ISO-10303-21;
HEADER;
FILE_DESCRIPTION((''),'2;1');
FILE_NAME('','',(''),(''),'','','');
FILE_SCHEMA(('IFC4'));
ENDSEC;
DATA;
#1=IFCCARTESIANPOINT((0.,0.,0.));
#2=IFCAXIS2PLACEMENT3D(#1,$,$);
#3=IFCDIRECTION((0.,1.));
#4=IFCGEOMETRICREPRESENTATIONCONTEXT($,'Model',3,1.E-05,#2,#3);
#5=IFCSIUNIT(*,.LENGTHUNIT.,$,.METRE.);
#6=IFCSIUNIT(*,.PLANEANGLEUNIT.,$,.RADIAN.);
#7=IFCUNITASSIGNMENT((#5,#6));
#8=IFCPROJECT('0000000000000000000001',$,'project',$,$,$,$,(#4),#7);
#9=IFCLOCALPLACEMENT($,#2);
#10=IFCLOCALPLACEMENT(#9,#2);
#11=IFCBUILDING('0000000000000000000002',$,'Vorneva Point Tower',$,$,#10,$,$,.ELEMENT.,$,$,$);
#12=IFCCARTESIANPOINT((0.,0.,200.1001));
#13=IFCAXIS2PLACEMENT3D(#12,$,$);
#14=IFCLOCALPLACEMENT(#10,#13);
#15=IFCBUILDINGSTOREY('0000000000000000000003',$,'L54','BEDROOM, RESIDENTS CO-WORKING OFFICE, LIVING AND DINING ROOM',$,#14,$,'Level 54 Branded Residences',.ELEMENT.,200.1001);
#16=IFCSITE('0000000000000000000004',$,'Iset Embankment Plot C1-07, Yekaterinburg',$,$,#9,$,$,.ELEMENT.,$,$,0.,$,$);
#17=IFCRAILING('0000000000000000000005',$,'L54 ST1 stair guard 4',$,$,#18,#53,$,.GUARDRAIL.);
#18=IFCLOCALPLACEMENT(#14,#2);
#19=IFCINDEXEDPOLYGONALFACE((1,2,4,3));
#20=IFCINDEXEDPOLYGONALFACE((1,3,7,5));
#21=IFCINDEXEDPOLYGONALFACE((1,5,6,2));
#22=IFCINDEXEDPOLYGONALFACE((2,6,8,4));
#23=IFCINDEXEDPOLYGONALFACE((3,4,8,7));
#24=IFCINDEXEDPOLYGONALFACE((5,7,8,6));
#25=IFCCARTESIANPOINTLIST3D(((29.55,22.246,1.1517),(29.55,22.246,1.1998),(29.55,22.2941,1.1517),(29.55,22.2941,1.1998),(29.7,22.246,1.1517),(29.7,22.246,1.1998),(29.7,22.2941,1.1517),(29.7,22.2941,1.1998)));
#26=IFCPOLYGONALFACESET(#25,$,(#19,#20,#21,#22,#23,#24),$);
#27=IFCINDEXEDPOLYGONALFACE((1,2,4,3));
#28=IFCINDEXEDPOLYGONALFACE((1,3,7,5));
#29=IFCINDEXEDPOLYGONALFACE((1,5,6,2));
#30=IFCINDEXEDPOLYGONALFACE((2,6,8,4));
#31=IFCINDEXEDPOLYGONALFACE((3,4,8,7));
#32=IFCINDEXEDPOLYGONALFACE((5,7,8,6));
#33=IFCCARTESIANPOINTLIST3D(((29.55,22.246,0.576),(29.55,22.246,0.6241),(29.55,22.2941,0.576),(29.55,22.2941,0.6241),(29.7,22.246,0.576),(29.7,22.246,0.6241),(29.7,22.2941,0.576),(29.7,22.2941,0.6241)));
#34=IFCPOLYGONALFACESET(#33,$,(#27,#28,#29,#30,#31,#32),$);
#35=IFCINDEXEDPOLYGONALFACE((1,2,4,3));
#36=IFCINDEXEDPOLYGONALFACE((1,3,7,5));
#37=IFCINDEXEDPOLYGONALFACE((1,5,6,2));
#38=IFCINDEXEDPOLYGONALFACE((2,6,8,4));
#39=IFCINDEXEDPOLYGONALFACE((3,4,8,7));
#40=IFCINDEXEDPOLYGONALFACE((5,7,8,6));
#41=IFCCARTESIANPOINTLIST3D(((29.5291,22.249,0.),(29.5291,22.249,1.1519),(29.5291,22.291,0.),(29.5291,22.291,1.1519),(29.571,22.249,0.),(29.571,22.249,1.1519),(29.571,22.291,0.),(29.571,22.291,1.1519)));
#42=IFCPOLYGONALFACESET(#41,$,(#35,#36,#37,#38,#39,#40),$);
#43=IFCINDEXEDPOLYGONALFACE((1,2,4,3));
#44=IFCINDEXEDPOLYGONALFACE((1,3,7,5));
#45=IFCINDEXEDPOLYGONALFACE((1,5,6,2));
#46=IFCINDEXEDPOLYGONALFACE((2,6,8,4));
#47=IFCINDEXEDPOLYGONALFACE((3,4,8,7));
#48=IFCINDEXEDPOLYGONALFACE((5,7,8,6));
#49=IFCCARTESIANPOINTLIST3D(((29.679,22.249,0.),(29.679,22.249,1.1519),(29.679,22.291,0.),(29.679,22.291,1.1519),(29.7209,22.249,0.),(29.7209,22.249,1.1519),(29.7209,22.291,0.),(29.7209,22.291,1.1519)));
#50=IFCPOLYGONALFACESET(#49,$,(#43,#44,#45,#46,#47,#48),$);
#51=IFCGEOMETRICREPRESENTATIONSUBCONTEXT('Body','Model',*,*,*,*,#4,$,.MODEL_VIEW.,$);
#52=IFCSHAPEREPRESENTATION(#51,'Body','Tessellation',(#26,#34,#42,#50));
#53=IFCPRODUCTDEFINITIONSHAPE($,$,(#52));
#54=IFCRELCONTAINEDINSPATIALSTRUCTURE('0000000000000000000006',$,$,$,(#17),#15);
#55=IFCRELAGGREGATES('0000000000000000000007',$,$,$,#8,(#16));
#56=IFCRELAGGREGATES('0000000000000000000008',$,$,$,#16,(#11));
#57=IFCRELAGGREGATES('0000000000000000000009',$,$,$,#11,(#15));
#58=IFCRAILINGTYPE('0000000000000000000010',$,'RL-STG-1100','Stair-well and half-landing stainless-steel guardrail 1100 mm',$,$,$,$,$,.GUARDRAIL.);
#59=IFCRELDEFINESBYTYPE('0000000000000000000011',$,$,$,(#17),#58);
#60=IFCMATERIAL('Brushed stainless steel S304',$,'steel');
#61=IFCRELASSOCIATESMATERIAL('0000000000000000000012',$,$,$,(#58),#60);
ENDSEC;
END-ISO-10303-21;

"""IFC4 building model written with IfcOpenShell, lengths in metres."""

from ifc_helpers import new_model, si_unit, direction, frame, origin, origin_2d, place, context, subcontext, project, spatial, rectangle, extrude, material, type_object, element, save


model = new_model("IFC4")

# Units and contexts
model_context = context("Model", 3, precision=1e-05, world=origin(), true_north=direction((0.0, 1.0)))
body_context = subcontext(model_context, "Body", "Model", "MODEL_VIEW")
ifc_project = project(units=[si_unit("LENGTHUNIT", "METRE"), si_unit("PLANEANGLEUNIT", "RADIAN")], contexts=[model_context])

# Site, building, storey
site_placement = place(None, origin())
site = spatial("IfcSite", under=ifc_project, at=site_placement, Name="Iset Embankment Plot C1-07, Yekaterinburg", CompositionType="ELEMENT", RefElevation=0.0)
building_placement = place(site_placement, origin())
building = spatial("IfcBuilding", under=site, at=building_placement, Name="Vorneva Point Tower", CompositionType="ELEMENT")
storey_placement = place(building_placement, frame((0.0, 0.0, 200.1001)))
storey = spatial("IfcBuildingStorey", under=building, at=storey_placement, Name="L54", Description="BEDROOM, RESIDENTS CO-WORKING OFFICE, LIVING AND DINING ROOM", LongName="Level 54 Branded Residences", CompositionType="ELEMENT", Elevation=200.1001)

# Shared definitions
ifc_material_1 = material(Name="Brushed stainless steel S304", Category="steel")

# Railing
railing_type_1 = type_object("IfcRailingType", Name="RL-STG-1100", Description="Stair-well and half-landing stainless-steel guardrail 1100 mm", PredefinedType="GUARDRAIL", material=ifc_material_1)
railing_1_placement = place(storey_placement, frame((29.55, 22.27, 0.0)))
element("IfcRailing", 1, at=railing_1_placement, inside=storey, type_object=railing_type_1, Name="L54 ST1 stair guard 4", PredefinedType="GUARDRAIL", context=body_context, shape_type="SweptSolid", body=[
    extrude(rectangle(XDim=0.0481, YDim=0.0481, at=origin_2d()), frame((0.0, 0.0, 1.1758), z_axis=(1.0, 0.0, 0.0), x_axis=(0.0, 1.0, 0.0)), (0.0, 0.0, 1.0), 0.1499),
    extrude(rectangle(XDim=0.0481, YDim=0.0481, at=origin_2d()), frame((0.0, 0.0, 0.6001), z_axis=(1.0, 0.0, 0.0), x_axis=(0.0, 1.0, 0.0)), (0.0, 0.0, 1.0), 0.1499),
    extrude(rectangle(XDim=0.042, YDim=0.042, at=origin_2d()), origin(), (0.0, 0.0, 1.0), 1.1519),
    extrude(rectangle(XDim=0.042, YDim=0.042, at=origin_2d()), frame((0.1499, 0.0, 0.0)), (0.0, 0.0, 1.0), 1.1519),
])

save(model, "model.ifc")
